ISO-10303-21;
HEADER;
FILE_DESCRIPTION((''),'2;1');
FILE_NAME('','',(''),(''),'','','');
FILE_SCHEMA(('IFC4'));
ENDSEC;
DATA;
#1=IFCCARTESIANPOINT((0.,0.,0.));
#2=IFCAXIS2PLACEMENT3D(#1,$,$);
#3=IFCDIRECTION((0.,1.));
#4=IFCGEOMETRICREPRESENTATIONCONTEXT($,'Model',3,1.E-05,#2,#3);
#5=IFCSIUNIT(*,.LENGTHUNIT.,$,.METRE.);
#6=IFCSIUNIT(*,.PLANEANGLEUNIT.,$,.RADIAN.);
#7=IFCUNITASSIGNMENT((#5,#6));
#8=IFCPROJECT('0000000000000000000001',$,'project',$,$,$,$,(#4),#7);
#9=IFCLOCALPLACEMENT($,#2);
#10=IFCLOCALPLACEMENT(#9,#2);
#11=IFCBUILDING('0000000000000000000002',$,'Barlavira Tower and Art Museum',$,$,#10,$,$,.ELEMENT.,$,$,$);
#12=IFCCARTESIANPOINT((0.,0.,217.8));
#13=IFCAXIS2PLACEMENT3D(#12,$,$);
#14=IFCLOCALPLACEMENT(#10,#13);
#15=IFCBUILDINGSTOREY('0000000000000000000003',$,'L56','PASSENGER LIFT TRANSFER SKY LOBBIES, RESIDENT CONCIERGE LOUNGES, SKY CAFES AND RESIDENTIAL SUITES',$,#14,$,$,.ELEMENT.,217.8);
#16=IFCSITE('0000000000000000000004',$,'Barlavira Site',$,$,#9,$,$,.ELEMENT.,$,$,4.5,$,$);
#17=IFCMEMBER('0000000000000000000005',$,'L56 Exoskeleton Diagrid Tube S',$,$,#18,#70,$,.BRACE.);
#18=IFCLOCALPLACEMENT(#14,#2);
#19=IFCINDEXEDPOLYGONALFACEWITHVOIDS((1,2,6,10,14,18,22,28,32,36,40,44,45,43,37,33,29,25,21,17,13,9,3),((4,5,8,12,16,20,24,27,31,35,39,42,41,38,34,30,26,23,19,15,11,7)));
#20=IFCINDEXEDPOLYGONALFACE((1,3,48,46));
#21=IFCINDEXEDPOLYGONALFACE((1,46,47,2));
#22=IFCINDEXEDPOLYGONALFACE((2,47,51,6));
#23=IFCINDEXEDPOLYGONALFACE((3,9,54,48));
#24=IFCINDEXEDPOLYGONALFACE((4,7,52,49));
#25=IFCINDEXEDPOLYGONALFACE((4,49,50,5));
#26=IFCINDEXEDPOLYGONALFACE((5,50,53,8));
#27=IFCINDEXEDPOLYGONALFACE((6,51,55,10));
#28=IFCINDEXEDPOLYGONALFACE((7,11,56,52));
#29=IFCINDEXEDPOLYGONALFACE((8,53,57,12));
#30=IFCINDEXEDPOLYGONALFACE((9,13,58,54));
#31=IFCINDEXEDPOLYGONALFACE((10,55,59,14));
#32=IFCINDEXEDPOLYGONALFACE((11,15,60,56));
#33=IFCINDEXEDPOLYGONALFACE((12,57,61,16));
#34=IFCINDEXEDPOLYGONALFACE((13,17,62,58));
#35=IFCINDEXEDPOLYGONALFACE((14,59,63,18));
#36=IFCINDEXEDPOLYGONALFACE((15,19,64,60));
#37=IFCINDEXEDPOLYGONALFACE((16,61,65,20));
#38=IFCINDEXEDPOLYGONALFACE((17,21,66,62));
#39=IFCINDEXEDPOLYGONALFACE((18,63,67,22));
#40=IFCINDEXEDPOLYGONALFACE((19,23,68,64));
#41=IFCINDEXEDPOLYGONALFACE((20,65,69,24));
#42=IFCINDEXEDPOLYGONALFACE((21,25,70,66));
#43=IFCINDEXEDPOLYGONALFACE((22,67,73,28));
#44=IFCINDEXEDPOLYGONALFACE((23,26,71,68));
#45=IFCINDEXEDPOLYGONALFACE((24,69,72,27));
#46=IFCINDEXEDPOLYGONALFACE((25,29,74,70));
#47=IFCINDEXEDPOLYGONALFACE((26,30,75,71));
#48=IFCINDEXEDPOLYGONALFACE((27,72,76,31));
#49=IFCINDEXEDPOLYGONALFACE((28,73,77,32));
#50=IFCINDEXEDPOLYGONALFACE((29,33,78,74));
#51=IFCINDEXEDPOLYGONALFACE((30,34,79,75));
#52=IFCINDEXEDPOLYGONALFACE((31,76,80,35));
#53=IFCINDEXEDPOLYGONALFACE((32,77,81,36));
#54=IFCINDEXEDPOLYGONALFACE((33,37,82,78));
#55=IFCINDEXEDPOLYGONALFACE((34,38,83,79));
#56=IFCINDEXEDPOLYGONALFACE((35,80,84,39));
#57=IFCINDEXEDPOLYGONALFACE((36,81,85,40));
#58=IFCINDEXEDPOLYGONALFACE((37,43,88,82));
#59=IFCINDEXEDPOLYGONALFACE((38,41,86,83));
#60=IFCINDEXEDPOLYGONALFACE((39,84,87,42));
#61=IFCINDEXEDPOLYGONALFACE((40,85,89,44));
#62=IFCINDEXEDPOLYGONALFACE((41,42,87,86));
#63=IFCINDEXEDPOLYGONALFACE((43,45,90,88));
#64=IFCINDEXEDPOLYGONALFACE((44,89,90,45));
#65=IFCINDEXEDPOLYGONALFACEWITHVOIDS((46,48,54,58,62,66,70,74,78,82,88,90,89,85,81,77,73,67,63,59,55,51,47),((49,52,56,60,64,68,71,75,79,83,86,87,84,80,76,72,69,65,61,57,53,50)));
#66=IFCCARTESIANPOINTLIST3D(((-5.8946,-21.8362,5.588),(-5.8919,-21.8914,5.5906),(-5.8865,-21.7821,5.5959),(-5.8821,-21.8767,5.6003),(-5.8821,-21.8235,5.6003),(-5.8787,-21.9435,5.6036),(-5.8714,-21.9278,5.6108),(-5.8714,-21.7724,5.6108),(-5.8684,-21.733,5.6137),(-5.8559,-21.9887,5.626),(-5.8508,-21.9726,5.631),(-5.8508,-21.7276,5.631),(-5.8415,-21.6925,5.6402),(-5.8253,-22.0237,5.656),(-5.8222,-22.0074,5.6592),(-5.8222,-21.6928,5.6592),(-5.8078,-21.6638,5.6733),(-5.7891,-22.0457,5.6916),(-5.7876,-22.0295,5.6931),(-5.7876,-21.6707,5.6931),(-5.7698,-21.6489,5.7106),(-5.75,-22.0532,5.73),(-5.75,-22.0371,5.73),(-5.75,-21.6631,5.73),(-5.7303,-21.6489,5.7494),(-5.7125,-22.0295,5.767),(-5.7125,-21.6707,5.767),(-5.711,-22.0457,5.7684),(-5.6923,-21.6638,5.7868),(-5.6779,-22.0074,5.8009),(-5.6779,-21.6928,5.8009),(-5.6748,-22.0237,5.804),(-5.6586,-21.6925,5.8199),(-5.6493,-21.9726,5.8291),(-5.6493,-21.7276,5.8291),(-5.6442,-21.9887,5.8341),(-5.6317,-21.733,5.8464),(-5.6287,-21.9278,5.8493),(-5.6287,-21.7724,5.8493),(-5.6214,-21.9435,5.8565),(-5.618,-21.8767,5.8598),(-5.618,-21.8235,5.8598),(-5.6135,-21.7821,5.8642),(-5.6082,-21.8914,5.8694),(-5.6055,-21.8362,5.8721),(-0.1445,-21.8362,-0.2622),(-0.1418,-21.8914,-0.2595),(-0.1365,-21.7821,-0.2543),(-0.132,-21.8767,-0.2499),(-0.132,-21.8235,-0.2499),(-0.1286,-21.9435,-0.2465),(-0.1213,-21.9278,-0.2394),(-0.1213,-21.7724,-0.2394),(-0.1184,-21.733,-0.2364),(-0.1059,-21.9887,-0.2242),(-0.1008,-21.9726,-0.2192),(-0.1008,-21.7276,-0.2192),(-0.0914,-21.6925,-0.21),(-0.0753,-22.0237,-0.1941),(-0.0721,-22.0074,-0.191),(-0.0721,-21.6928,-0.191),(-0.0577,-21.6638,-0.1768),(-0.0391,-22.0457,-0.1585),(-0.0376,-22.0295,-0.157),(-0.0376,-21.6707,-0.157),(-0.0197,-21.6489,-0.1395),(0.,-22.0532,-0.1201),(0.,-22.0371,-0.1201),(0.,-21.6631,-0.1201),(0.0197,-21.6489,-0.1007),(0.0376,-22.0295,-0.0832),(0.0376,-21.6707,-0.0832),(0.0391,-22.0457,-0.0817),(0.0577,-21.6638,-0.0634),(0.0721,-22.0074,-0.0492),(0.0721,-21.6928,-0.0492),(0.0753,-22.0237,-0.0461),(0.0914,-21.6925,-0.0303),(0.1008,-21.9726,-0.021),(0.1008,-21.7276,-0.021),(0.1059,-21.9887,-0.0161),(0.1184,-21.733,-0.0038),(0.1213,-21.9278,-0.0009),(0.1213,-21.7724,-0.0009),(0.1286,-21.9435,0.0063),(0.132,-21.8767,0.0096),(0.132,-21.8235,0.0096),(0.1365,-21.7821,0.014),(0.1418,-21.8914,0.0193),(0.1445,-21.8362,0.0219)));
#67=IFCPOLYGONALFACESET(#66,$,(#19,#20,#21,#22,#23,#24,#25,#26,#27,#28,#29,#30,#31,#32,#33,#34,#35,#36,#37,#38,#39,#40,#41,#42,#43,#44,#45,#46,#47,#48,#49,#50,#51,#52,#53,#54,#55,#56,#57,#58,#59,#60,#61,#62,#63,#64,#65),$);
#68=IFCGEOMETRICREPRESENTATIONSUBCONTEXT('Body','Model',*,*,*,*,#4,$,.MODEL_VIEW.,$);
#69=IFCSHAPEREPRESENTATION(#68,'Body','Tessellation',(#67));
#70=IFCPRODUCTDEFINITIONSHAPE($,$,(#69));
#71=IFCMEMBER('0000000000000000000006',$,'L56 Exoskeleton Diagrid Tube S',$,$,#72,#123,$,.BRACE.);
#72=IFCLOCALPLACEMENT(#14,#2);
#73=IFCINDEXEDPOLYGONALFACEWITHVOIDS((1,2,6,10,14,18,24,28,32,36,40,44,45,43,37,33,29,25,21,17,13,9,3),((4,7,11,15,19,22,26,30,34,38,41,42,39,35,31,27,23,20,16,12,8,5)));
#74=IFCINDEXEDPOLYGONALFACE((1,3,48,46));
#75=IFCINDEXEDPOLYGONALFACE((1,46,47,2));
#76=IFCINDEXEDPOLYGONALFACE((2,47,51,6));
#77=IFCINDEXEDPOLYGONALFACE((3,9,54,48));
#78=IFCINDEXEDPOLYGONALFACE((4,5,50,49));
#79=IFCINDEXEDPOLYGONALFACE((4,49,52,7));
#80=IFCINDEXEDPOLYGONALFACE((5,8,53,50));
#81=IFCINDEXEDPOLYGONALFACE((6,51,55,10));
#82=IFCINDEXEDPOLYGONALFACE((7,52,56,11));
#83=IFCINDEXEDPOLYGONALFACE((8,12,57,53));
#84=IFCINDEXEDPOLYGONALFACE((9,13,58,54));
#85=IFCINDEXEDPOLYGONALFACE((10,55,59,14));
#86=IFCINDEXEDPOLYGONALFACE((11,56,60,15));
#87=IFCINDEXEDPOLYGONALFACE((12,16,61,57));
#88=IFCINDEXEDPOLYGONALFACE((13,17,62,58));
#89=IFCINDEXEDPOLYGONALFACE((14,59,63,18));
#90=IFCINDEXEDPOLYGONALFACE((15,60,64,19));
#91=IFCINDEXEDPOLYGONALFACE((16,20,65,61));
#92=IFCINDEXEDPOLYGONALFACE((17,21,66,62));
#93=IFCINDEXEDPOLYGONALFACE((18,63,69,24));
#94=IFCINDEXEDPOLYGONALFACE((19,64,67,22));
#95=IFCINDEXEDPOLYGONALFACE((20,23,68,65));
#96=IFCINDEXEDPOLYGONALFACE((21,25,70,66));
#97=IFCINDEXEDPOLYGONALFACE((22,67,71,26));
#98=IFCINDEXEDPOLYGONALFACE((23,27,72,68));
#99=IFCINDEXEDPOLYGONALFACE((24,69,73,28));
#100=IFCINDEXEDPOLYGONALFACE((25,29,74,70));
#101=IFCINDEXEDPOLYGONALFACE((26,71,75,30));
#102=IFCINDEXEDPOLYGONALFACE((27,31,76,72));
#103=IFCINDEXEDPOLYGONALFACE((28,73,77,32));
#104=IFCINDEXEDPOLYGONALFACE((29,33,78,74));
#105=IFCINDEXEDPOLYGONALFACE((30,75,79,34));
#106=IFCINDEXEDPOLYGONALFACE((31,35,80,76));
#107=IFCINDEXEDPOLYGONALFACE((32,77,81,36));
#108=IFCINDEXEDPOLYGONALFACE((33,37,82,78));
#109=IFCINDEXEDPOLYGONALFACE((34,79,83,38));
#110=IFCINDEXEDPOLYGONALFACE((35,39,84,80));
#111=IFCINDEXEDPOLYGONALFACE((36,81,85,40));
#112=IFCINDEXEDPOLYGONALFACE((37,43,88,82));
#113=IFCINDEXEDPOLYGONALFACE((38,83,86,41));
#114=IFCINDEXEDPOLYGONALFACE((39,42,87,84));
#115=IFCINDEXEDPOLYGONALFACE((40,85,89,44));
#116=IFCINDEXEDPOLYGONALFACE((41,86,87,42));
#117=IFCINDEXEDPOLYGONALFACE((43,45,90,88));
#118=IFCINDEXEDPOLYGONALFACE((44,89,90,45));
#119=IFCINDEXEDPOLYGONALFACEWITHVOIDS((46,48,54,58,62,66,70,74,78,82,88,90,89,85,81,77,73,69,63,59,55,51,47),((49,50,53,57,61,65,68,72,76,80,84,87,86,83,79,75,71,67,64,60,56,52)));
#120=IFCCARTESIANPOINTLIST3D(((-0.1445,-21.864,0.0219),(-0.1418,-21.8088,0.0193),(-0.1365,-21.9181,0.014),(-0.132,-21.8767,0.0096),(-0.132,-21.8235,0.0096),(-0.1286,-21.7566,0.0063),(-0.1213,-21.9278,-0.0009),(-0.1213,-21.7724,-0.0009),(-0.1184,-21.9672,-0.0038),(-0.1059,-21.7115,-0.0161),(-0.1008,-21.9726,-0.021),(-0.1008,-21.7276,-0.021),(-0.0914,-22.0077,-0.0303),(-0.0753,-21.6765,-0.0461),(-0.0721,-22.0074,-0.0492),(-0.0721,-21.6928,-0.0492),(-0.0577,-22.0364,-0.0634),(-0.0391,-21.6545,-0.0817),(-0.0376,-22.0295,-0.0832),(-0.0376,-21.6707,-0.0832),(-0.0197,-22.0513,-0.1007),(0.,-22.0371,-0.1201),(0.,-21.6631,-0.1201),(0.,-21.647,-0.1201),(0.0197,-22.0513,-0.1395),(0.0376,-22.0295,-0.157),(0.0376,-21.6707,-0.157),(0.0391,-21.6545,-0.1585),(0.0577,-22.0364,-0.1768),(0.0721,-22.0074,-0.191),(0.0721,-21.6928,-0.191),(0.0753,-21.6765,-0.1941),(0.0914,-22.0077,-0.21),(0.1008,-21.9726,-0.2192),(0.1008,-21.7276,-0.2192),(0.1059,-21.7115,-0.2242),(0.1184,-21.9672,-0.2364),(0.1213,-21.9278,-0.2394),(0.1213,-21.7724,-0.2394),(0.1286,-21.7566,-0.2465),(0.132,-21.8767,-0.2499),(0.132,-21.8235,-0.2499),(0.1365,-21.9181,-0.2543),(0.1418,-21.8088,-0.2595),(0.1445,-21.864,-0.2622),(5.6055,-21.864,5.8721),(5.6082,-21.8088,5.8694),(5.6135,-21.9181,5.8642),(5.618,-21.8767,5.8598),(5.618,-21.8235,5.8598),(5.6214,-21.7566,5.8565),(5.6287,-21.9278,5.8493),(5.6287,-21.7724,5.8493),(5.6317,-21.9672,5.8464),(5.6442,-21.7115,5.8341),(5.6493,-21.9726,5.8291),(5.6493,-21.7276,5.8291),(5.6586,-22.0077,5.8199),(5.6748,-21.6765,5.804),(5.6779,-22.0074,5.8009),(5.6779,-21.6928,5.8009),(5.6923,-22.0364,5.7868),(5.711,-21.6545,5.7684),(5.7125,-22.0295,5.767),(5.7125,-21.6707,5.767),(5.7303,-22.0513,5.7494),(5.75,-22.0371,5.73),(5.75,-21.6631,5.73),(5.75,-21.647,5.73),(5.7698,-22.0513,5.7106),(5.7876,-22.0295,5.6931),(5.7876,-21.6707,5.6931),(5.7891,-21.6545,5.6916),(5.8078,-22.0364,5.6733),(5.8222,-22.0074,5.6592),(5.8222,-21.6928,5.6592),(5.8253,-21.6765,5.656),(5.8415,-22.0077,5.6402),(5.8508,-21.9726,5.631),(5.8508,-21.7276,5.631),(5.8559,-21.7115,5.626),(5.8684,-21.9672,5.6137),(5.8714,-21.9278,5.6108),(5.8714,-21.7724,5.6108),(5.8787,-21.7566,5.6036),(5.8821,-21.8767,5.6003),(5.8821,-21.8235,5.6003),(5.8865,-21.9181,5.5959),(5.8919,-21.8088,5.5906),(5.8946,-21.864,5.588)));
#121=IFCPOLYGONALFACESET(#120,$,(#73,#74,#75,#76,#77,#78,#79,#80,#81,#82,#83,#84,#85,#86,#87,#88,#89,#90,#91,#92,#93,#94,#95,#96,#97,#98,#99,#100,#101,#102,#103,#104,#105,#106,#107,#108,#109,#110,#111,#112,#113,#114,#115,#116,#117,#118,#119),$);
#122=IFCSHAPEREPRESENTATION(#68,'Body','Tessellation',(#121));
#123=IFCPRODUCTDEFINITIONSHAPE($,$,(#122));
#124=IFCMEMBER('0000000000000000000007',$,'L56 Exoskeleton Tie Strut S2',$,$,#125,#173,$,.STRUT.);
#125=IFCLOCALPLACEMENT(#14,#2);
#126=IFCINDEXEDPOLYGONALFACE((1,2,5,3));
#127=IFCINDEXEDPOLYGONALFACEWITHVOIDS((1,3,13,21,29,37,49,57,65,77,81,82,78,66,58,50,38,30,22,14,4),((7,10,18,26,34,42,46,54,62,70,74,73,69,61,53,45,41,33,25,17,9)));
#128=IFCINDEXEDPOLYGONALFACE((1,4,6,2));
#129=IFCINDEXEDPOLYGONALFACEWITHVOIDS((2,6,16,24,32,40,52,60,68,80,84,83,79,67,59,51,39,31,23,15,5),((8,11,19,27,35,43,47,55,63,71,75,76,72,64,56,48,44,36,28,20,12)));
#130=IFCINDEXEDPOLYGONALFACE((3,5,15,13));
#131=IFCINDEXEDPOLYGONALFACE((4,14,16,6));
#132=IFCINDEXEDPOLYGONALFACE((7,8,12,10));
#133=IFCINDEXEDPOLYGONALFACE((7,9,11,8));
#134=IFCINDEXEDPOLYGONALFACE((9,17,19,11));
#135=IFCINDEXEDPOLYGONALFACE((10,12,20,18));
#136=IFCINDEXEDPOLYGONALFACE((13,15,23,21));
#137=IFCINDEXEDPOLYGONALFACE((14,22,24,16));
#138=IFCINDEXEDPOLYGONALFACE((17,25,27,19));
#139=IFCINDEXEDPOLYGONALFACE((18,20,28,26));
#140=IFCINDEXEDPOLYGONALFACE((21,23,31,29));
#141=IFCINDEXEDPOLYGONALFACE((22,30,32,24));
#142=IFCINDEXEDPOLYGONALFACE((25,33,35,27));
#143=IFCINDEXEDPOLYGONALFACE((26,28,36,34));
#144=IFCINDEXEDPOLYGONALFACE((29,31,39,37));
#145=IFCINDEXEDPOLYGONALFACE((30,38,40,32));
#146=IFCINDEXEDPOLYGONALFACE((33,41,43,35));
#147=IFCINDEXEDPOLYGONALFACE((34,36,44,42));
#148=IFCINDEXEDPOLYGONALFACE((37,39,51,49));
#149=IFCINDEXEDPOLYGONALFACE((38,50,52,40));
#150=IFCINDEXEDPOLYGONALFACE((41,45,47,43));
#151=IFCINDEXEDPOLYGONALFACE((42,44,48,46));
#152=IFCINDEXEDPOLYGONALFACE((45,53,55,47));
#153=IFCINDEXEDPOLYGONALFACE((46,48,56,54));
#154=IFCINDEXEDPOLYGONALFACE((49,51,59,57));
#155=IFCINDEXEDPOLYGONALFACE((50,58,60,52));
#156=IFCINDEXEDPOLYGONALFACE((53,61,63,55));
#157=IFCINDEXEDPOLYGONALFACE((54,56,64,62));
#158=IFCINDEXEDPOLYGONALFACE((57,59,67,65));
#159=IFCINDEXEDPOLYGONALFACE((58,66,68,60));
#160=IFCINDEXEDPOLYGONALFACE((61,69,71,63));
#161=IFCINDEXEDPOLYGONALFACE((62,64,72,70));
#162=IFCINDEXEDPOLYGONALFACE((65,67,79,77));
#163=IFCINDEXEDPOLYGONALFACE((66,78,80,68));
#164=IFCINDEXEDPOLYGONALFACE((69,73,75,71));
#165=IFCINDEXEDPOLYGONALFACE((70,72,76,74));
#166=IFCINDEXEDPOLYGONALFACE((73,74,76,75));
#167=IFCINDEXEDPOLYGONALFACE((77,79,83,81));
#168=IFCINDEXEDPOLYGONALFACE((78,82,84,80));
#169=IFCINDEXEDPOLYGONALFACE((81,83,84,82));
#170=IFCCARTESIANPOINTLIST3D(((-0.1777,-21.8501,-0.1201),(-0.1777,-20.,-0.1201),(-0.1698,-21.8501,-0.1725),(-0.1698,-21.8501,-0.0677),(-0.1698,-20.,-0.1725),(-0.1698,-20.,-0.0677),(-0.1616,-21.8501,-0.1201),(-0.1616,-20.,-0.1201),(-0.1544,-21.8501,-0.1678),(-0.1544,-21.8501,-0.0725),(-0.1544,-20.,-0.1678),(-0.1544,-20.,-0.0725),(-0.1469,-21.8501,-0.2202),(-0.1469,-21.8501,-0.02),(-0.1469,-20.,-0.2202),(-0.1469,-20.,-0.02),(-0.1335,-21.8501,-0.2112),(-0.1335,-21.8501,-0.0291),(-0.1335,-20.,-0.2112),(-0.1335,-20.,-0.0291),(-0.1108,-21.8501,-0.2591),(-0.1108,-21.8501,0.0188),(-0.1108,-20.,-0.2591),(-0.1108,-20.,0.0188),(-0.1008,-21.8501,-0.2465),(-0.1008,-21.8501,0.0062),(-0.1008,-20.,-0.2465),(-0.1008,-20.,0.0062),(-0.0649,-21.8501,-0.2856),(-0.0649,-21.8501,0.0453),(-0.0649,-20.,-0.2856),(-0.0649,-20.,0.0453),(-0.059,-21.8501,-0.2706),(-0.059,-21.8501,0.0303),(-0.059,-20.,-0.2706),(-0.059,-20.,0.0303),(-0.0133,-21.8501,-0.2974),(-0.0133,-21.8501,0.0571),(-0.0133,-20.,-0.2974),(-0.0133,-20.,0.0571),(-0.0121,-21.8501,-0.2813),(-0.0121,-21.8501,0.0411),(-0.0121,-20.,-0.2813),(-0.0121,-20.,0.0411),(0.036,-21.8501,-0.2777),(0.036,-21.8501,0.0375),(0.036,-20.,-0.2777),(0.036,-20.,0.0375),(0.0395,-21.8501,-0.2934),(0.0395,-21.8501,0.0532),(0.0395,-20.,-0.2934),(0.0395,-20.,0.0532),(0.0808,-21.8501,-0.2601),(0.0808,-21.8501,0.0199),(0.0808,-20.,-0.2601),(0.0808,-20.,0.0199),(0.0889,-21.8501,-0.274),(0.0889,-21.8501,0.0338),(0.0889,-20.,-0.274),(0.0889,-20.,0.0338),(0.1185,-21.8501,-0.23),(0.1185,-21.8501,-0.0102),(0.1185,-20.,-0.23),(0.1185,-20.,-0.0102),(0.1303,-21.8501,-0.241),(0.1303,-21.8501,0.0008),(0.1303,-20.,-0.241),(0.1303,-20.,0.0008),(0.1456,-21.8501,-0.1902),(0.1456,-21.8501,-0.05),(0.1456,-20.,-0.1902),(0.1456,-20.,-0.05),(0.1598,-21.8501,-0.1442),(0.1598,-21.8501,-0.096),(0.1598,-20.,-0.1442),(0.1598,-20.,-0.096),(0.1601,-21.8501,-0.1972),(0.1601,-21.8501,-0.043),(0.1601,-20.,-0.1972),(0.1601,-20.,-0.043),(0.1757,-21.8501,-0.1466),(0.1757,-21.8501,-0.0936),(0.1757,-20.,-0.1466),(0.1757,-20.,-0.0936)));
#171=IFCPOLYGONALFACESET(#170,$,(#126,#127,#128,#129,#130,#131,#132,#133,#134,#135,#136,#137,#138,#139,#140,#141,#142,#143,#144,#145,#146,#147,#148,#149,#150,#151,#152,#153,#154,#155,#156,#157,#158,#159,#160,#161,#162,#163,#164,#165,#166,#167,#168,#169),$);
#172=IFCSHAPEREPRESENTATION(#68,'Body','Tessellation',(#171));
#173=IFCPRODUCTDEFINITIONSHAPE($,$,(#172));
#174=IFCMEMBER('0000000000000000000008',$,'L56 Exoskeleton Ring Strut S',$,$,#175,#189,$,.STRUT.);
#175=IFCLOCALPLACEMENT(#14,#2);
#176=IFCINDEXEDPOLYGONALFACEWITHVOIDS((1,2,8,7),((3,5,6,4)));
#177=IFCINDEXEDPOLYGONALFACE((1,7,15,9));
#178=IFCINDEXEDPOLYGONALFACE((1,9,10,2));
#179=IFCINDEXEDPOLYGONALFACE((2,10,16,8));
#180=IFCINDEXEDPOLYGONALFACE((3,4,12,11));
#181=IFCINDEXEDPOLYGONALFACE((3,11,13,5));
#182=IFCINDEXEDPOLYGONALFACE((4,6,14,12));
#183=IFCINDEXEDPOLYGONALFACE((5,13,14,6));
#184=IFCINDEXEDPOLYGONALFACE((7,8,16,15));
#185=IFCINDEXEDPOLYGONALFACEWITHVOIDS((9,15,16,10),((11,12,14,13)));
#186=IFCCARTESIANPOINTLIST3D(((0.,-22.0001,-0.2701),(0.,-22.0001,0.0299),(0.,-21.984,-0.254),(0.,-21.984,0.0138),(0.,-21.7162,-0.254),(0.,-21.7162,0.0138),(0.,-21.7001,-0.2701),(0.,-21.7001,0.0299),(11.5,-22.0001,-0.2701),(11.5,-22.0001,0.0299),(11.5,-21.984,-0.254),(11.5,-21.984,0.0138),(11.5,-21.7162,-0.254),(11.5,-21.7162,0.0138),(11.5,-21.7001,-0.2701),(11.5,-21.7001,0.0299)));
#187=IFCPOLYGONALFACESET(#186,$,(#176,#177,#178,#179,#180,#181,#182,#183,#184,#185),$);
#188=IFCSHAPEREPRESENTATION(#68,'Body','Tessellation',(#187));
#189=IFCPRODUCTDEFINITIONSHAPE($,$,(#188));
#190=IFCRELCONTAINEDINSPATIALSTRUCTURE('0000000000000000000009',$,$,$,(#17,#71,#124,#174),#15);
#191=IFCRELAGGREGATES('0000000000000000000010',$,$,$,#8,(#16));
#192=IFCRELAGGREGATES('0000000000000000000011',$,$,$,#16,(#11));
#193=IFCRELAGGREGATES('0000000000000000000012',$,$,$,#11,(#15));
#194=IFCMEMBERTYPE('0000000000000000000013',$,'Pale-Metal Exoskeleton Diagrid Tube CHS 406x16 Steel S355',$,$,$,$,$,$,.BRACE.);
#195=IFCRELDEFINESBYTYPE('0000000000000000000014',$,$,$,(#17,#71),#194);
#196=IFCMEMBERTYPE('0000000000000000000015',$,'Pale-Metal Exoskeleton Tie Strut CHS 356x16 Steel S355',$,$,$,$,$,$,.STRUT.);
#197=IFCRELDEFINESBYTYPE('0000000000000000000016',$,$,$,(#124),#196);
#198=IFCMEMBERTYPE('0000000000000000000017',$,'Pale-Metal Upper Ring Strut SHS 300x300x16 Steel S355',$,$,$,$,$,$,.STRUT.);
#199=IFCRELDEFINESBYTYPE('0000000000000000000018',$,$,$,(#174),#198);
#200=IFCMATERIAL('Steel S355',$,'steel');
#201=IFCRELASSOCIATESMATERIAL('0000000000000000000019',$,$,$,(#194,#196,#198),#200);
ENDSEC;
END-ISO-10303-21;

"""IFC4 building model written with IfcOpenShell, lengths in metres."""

from ifc_helpers import new_model, si_unit, direction, frame, origin, origin_2d, place, context, subcontext, project, spatial, hollow_rectangle, hollow_circle, extrude, material, material_profile, profile_set, type_object, element, save


model = new_model("IFC4")

# Units and contexts
model_context = context("Model", 3, precision=1e-05, world=origin(), true_north=direction((0.0, 1.0)))
body_context = subcontext(model_context, "Body", "Model", "MODEL_VIEW")
ifc_project = project(units=[si_unit("LENGTHUNIT", "METRE"), si_unit("PLANEANGLEUNIT", "RADIAN")], contexts=[model_context])

# Site, building, storey
site_placement = place(None, origin())
site = spatial("IfcSite", under=ifc_project, at=site_placement, Name="Barlavira Site", CompositionType="ELEMENT", RefElevation=4.5)
building_placement = place(site_placement, origin())
building = spatial("IfcBuilding", under=site, at=building_placement, Name="Barlavira Tower and Art Museum", CompositionType="ELEMENT")
storey_placement = place(building_placement, frame((0.0, 0.0, 217.8)))
storey = spatial("IfcBuildingStorey", under=building, at=storey_placement, Name="L56", Description="PASSENGER LIFT TRANSFER SKY LOBBIES, RESIDENT CONCIERGE LOUNGES, SKY CAFES AND RESIDENTIAL SUITES", CompositionType="ELEMENT", Elevation=217.8)

# Members
ifc_material_1 = material(Name="Steel S355", Category="steel")
ifc_material_profile_1 = material_profile(ifc_material_1, hollow_circle(Radius=0.2031, WallThickness=0.0161, at=origin_2d()), Name="CHS 406.4x16.0")
ifc_profile_set_1 = profile_set([ifc_material_profile_1], Name="Steel S355")
member_type_1 = type_object("IfcMemberType", Name="Pale-Metal Exoskeleton Diagrid Tube CHS 406x16 Steel S355", PredefinedType="BRACE", material=ifc_profile_set_1)
for number, where, z_axis, x_axis, name in (
    (1, (0.0, -21.8501, -0.1201), (-0.700979, 0.0, 0.713182), (0.0, -1.0, 0.0), "L56 Exoskeleton Diagrid Tube S"),
    (2, (0.0, -21.8501, -0.1201), (0.700979, 0.0, 0.713182), (0.0, 1.0, 0.0), "L56 Exoskeleton Diagrid Tube S"),
):
    element("IfcMember", number, at=place(storey_placement, frame(where, z_axis=z_axis, x_axis=x_axis)), inside=storey, type_object=member_type_1, Name=name, PredefinedType="BRACE", context=body_context, shape_type="SweptSolid", body=[
        extrude(hollow_circle(Radius=0.2031, WallThickness=0.0161, at=origin_2d()), origin(), (0.0, 0.0, 1.0), 8.2029),
    ])
ifc_material_profile_2 = material_profile(ifc_material_1, hollow_circle(Radius=0.1777, WallThickness=0.0161, at=origin_2d()), Name="CHS 355.6x16.0")
ifc_profile_set_2 = profile_set([ifc_material_profile_2], Name="Steel S355")
member_type_2 = type_object("IfcMemberType", Name="Pale-Metal Exoskeleton Tie Strut CHS 356x16 Steel S355", PredefinedType="STRUT", material=ifc_profile_set_2)
member_1_placement = place(storey_placement, frame((0.0, -21.8501, -0.1201), z_axis=(0.0, 1.0, 0.0), x_axis=(-1.0, 0.0, 0.0)))
element("IfcMember", 3, at=member_1_placement, inside=storey, type_object=member_type_2, Name="L56 Exoskeleton Tie Strut S2", PredefinedType="STRUT", context=body_context, shape_type="SweptSolid", body=[
    extrude(hollow_circle(Radius=0.1777, WallThickness=0.0161, at=origin_2d()), origin(), (0.0, 0.0, 1.0), 1.8501),
])
ifc_material_profile_3 = material_profile(ifc_material_1, hollow_rectangle(XDim=0.3, YDim=0.3, WallThickness=0.0161, at=origin_2d()), Name="SHS 300x300x16.0")
ifc_profile_set_3 = profile_set([ifc_material_profile_3], Name="Steel S355")
member_type_3 = type_object("IfcMemberType", Name="Pale-Metal Upper Ring Strut SHS 300x300x16 Steel S355", PredefinedType="STRUT", material=ifc_profile_set_3)
member_2_placement = place(storey_placement, frame((0.0, -21.8501, -0.1201), z_axis=(1.0, 0.0, 0.0), x_axis=(0.0, 1.0, 0.0)))
element("IfcMember", 4, at=member_2_placement, inside=storey, type_object=member_type_3, Name="L56 Exoskeleton Ring Strut S", PredefinedType="STRUT", context=body_context, shape_type="SweptSolid", body=[
    extrude(hollow_rectangle(XDim=0.3, YDim=0.3, WallThickness=0.0161, at=origin_2d()), origin(), (0.0, 0.0, 1.0), 11.5),
])

save(model, "model.ifc")
